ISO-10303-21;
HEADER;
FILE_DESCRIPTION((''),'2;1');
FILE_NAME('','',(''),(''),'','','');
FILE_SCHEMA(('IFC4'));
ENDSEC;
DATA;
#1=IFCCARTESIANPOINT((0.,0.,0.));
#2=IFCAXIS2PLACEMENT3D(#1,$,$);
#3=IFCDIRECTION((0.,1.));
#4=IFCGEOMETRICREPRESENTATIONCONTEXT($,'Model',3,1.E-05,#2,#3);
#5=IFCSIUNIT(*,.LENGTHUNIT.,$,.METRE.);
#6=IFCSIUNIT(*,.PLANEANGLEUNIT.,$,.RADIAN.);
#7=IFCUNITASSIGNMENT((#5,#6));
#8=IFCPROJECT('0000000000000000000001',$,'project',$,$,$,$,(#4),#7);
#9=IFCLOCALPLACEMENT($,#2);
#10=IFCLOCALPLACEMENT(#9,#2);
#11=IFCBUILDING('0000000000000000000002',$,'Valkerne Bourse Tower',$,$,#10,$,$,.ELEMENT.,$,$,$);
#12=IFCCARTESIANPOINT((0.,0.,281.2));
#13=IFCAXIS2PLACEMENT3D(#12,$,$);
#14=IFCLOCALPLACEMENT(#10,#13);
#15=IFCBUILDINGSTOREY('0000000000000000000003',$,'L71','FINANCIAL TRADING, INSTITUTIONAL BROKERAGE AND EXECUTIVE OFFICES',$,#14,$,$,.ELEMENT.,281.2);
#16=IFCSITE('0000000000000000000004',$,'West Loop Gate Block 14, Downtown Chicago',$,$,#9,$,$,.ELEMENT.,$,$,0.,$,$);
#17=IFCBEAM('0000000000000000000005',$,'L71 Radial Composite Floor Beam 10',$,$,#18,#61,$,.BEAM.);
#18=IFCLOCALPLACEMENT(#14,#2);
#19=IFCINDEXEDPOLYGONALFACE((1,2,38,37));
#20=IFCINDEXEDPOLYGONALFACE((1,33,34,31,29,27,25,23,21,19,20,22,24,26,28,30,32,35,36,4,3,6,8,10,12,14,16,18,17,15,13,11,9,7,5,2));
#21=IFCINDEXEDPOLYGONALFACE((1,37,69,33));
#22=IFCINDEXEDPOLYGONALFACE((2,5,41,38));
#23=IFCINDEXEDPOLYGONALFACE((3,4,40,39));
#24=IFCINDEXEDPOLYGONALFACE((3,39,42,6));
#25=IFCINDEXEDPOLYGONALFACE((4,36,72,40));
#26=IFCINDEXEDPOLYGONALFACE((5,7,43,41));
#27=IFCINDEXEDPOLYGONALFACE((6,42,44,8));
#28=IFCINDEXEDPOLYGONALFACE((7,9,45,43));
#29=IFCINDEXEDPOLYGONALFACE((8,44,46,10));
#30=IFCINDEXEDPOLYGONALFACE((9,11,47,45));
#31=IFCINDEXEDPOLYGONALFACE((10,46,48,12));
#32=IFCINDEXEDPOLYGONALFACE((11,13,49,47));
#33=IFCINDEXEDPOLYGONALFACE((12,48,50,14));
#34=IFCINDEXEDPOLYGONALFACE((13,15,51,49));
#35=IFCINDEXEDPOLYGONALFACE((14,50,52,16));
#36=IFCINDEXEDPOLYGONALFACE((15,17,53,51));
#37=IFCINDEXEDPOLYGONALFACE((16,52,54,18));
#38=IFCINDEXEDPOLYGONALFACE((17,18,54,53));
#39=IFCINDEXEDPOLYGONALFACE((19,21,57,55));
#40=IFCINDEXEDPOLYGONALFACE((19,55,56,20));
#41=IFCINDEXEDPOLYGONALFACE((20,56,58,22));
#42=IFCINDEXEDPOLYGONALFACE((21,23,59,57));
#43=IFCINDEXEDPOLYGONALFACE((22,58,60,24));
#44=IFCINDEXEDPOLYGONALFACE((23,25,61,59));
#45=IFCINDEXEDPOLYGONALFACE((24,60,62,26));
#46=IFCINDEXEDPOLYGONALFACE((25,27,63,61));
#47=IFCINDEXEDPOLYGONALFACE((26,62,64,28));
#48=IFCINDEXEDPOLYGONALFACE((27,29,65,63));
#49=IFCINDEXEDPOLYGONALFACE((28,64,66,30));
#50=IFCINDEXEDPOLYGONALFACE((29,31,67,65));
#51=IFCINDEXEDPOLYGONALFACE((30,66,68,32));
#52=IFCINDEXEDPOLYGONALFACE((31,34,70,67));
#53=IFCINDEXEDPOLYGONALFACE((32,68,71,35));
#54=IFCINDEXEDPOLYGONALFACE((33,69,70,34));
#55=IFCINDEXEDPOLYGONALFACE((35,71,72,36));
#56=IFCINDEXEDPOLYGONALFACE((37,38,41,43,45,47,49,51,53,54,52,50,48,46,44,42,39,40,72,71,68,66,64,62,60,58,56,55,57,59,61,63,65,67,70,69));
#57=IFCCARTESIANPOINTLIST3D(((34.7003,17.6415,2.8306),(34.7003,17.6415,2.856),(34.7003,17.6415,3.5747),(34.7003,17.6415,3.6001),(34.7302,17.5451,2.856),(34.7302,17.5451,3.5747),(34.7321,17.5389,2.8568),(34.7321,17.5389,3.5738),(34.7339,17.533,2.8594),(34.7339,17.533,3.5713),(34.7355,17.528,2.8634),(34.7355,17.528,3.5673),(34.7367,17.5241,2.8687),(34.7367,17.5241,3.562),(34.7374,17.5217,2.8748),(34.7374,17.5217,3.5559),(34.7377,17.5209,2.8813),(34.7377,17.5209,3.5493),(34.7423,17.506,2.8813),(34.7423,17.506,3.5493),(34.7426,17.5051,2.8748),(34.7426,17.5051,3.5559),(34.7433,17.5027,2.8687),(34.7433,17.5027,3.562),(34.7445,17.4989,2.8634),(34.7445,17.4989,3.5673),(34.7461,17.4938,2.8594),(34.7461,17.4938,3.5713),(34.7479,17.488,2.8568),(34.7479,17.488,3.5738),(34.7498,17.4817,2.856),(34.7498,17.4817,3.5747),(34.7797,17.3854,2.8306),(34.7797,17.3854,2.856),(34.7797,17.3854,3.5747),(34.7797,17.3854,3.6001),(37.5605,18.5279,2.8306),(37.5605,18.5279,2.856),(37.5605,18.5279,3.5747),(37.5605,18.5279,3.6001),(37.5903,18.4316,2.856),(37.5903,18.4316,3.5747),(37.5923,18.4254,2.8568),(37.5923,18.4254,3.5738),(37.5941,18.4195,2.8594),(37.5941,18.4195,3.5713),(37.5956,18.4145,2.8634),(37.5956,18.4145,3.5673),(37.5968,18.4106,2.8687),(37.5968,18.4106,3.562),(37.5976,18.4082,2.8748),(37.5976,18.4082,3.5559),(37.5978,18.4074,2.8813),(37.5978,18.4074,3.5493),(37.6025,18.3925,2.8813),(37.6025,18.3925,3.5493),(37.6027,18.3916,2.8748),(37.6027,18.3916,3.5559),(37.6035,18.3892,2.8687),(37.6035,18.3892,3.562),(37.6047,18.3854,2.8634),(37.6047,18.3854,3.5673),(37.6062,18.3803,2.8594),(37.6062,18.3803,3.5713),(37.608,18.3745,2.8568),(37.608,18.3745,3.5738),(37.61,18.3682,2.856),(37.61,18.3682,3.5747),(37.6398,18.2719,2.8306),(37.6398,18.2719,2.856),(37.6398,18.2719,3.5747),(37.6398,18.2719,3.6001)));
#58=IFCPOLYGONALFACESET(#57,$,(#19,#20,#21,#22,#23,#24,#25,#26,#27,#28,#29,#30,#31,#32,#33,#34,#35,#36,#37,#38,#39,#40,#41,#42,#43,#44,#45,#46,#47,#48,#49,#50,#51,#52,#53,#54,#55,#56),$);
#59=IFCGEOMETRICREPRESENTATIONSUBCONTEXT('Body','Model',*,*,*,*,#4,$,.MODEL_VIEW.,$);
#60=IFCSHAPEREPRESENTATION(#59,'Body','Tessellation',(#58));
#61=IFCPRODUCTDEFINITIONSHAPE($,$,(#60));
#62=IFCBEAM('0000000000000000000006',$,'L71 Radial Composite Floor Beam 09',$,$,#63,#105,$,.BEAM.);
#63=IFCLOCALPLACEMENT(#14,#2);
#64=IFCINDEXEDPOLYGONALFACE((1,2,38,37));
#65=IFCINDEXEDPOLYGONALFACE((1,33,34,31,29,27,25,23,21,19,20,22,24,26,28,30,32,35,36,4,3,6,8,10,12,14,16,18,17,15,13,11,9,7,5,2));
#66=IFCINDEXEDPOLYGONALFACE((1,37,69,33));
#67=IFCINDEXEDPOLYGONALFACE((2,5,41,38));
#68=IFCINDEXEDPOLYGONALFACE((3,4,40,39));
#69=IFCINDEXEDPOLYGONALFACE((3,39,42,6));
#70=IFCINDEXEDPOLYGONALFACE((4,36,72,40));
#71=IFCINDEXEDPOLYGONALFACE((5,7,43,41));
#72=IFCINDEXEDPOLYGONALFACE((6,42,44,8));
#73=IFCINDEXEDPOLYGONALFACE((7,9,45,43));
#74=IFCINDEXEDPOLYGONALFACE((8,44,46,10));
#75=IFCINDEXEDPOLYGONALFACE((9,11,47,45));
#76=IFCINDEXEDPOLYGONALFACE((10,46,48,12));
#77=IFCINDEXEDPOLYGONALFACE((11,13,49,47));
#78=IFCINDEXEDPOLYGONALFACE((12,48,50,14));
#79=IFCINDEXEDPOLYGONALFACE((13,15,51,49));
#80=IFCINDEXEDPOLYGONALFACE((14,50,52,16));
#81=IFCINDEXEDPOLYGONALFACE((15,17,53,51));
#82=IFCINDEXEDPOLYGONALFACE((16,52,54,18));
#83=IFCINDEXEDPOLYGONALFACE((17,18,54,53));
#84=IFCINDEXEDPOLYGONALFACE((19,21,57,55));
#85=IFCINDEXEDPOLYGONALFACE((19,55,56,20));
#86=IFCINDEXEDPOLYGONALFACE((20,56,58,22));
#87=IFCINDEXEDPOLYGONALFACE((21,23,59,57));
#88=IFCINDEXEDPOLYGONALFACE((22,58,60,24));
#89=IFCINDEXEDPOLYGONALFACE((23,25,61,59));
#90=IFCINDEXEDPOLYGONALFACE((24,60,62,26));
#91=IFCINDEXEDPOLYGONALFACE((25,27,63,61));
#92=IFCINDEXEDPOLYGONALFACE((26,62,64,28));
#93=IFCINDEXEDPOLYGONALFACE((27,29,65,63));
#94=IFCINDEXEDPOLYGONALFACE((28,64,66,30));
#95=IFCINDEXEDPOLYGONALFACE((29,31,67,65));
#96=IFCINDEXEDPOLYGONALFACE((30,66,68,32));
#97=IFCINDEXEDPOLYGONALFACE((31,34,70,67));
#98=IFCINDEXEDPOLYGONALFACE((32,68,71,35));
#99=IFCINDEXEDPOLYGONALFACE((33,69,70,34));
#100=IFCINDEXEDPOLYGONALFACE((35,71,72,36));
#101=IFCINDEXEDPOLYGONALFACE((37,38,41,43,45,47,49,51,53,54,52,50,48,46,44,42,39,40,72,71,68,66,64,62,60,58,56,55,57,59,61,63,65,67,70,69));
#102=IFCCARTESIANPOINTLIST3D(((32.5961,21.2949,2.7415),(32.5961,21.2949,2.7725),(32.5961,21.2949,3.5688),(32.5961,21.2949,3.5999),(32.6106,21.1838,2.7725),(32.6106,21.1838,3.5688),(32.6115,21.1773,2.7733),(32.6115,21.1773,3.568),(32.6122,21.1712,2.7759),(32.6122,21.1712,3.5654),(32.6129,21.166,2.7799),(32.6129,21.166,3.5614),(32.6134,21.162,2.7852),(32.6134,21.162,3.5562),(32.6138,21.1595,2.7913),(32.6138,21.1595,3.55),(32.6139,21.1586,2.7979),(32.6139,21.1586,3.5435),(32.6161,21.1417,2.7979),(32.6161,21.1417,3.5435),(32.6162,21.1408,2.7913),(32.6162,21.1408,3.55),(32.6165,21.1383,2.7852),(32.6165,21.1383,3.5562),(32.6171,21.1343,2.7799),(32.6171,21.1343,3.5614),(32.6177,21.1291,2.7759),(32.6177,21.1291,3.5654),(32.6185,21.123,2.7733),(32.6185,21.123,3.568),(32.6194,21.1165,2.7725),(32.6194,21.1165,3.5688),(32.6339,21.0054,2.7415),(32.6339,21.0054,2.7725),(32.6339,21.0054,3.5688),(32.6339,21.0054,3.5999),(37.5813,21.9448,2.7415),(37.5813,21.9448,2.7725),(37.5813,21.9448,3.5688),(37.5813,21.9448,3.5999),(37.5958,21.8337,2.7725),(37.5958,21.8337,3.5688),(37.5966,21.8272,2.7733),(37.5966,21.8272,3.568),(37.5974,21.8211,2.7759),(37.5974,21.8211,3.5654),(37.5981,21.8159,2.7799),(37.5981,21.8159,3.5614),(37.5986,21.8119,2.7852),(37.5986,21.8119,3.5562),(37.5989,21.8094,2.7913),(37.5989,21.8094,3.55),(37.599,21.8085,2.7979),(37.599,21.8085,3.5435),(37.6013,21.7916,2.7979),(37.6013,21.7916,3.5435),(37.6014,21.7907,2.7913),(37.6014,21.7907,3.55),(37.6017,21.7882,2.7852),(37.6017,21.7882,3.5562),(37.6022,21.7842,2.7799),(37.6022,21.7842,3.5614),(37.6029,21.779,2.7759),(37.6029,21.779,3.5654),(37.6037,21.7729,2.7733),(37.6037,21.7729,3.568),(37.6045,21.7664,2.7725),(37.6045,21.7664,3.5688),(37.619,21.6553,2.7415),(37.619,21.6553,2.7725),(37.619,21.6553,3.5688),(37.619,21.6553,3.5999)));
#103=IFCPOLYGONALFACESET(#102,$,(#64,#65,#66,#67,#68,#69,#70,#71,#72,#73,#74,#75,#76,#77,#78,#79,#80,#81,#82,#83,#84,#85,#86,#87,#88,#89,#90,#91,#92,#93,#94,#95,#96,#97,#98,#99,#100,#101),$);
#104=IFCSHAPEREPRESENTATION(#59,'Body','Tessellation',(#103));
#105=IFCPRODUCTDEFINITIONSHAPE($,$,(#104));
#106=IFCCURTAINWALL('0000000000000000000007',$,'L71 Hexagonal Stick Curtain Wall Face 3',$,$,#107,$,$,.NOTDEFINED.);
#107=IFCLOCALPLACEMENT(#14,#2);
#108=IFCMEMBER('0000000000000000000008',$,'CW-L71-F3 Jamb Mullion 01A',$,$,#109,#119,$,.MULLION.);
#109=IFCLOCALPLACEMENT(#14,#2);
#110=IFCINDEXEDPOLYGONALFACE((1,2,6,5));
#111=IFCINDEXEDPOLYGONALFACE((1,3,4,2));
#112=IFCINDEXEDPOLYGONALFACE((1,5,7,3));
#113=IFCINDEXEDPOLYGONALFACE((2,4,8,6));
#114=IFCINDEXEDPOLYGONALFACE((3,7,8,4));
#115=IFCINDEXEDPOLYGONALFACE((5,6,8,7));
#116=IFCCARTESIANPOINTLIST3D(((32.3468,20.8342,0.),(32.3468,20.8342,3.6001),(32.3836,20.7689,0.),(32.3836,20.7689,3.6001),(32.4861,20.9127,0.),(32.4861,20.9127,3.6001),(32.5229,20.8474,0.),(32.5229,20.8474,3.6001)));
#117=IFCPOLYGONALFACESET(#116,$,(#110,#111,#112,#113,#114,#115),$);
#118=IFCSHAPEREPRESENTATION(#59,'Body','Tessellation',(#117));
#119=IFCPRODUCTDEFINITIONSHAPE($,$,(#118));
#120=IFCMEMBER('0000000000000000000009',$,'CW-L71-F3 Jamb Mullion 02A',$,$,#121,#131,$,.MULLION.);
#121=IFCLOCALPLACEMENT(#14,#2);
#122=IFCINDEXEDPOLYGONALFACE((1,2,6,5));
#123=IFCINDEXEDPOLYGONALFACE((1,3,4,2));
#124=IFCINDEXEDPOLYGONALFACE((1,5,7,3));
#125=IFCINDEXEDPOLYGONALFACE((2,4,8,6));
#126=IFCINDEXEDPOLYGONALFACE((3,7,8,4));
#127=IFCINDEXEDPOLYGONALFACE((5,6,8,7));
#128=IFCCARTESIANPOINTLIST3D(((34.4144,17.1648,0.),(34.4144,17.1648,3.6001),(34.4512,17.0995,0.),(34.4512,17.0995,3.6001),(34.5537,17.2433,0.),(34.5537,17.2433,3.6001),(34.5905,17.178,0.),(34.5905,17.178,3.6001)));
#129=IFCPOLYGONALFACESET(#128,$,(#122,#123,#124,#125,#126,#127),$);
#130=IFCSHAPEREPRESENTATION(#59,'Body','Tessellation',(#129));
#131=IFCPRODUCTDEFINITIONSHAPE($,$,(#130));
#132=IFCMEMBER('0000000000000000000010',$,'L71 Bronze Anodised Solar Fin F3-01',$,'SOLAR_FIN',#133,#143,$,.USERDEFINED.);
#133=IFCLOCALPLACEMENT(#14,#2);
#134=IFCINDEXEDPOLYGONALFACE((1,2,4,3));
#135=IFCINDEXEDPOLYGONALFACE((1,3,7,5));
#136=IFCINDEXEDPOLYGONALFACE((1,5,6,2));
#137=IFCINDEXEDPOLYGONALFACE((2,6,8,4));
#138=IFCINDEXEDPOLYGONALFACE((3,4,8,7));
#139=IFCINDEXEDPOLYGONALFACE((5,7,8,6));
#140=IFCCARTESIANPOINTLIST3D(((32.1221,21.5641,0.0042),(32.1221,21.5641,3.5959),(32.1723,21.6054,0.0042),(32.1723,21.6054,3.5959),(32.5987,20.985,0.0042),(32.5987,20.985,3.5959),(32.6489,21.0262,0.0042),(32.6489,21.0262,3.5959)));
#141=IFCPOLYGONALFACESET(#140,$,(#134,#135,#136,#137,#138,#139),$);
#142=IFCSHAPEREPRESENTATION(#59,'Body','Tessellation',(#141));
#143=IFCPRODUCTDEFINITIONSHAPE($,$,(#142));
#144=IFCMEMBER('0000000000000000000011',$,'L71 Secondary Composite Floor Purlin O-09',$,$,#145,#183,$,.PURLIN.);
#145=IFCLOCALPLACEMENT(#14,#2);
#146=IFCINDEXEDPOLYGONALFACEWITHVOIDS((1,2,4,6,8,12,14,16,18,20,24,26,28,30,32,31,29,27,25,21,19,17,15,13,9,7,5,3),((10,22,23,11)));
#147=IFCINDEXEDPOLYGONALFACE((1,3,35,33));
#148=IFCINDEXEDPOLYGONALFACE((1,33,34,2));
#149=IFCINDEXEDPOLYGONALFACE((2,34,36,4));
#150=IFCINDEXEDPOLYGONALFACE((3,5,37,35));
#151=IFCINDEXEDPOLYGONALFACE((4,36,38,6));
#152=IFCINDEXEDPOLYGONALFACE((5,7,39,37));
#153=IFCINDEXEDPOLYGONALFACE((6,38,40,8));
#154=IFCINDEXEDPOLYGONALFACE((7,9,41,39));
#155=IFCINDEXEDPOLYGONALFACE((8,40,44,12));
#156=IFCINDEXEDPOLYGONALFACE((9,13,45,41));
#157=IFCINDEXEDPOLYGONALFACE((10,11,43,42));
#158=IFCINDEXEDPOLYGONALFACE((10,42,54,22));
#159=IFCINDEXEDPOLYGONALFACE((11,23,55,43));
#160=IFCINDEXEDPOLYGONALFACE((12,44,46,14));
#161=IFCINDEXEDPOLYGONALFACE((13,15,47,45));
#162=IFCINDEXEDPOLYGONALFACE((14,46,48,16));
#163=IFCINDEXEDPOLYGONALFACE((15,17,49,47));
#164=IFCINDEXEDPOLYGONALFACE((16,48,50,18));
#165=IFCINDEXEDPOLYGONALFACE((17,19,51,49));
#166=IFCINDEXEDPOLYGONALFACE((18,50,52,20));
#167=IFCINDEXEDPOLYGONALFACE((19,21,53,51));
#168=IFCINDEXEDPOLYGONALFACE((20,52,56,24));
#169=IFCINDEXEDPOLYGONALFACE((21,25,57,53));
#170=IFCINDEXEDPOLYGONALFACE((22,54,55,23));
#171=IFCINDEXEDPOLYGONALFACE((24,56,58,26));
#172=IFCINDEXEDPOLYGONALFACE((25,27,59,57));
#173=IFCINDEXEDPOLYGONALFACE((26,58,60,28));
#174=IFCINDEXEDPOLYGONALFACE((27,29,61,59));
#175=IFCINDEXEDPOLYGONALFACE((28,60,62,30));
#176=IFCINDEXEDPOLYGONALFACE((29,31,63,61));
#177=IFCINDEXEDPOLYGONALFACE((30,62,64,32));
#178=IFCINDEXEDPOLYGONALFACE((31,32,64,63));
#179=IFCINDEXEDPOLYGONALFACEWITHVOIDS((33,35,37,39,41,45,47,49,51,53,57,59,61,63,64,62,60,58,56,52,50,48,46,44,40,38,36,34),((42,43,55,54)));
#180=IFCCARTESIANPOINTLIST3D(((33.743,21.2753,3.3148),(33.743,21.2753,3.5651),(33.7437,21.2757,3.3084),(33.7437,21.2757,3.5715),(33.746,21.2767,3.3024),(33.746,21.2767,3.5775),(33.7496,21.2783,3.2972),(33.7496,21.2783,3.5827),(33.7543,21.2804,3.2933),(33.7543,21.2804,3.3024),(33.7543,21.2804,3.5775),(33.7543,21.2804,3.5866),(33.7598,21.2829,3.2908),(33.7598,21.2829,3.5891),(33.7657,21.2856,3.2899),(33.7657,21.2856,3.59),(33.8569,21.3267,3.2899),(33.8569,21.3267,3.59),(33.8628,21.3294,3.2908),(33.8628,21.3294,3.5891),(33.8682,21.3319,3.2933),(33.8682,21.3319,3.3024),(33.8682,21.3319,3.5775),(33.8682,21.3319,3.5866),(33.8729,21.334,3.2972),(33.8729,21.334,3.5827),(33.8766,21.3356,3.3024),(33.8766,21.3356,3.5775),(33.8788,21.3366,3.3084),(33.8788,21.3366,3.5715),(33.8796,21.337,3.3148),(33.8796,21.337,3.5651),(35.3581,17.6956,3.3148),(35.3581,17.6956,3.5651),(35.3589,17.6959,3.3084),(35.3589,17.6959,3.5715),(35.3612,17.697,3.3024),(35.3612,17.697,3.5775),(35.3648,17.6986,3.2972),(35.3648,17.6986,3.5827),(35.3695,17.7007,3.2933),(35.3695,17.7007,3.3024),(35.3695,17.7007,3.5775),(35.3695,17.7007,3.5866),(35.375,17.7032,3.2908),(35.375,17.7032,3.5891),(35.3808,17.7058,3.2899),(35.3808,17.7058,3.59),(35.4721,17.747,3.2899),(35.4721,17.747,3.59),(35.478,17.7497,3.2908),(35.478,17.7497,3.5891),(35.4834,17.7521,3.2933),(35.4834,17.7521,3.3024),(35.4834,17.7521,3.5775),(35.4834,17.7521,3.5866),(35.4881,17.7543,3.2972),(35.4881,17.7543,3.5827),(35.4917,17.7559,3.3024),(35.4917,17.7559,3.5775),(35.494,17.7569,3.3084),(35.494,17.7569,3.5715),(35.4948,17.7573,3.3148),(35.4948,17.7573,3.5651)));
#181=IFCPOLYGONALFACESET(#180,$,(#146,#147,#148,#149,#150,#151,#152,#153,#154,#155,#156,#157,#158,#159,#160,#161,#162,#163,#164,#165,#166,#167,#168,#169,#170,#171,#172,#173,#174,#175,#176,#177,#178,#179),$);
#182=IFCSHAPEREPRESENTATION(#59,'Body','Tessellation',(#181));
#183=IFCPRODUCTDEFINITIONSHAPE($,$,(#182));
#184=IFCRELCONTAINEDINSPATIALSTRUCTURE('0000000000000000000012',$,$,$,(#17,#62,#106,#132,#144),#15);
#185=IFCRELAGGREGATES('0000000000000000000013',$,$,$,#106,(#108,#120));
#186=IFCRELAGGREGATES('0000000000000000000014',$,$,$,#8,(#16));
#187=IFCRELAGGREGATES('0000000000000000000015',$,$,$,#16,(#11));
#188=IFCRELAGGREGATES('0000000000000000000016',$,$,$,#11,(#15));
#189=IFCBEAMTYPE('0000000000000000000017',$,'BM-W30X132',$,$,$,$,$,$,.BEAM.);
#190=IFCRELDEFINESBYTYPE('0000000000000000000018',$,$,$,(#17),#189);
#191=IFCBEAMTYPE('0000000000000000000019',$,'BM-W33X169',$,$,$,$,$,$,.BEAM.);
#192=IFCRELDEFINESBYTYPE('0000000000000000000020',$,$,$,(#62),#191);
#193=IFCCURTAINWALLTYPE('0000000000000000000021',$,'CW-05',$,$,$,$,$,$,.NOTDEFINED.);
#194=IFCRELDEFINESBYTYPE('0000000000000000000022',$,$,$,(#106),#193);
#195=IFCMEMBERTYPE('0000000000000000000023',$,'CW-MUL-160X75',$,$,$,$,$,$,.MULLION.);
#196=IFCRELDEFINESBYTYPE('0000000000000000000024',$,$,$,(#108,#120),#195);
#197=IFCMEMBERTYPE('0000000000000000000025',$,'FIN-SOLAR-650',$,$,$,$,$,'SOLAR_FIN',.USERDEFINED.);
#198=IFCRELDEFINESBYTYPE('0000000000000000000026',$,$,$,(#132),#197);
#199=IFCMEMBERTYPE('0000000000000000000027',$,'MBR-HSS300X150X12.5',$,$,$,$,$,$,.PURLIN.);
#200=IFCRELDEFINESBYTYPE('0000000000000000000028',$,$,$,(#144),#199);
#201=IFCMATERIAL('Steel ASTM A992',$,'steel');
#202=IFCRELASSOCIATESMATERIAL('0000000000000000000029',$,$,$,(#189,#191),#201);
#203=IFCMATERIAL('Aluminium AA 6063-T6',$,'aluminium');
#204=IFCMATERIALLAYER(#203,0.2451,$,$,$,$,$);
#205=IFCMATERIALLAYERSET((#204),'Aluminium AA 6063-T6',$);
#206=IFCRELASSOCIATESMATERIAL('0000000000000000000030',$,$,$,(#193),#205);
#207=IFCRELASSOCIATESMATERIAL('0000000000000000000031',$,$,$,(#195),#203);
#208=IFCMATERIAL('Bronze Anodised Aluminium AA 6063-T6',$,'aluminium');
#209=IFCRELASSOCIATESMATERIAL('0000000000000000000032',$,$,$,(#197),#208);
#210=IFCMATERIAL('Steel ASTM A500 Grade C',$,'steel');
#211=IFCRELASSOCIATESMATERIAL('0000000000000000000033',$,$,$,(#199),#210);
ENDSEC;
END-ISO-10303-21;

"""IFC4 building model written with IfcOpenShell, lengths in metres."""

from ifc_helpers import new_model, si_unit, direction, frame, origin, origin_2d, place, context, subcontext, project, spatial, rectangle, hollow_rectangle, i_section, extrude, material, layer, layer_set, material_profile, profile_set, type_object, element, aggregate, save


model = new_model("IFC4")

# Units and contexts
model_context = context("Model", 3, precision=1e-05, world=origin(), true_north=direction((0.0, 1.0)))
body_context = subcontext(model_context, "Body", "Model", "MODEL_VIEW")
ifc_project = project(units=[si_unit("LENGTHUNIT", "METRE"), si_unit("PLANEANGLEUNIT", "RADIAN")], contexts=[model_context])

# Site, building, storey
site_placement = place(None, origin())
site = spatial("IfcSite", under=ifc_project, at=site_placement, Name="West Loop Gate Block 14, Downtown Chicago", CompositionType="ELEMENT", RefElevation=0.0)
building_placement = place(site_placement, origin())
building = spatial("IfcBuilding", under=site, at=building_placement, Name="Valkerne Bourse Tower", CompositionType="ELEMENT")
storey_placement = place(building_placement, frame((0.0, 0.0, 281.2)))
storey = spatial("IfcBuildingStorey", under=building, at=storey_placement, Name="L71", Description="FINANCIAL TRADING, INSTITUTIONAL BROKERAGE AND EXECUTIVE OFFICES", CompositionType="ELEMENT", Elevation=281.2)

# Beams
ifc_material_1 = material(Name="Steel ASTM A992", Category="steel")
ifc_material_profile_1 = material_profile(ifc_material_1, i_section(OverallWidth=0.2681, OverallDepth=0.7695, WebThickness=0.0156, FlangeThickness=0.0254, FilletRadius=0.0254, at=origin_2d()), Name="W30X132")
ifc_profile_set_1 = profile_set([ifc_material_profile_1], Name="Steel ASTM A992")
beam_type_1 = type_object("IfcBeamType", Name="BM-W30X132", PredefinedType="BEAM", material=ifc_profile_set_1)
beam_1_placement = place(storey_placement, frame((34.74, 17.5134, 3.2153), z_axis=(0.955172, 0.29605, 0.0), x_axis=(-0.29605, 0.955172, 0.0)))
element("IfcBeam", 1, at=beam_1_placement, inside=storey, type_object=beam_type_1, Name="L71 Radial Composite Floor Beam 10", PredefinedType="BEAM", context=body_context, shape_type="SweptSolid", body=[
    extrude(i_section(OverallWidth=0.2681, OverallDepth=0.7695, WebThickness=0.0156, FlangeThickness=0.0254, FilletRadius=0.0254, at=origin_2d()), origin(), (0.0, 0.0, 1.0), 2.9944),
])
ifc_material_profile_2 = material_profile(ifc_material_1, i_section(OverallWidth=0.292, OverallDepth=0.8584, WebThickness=0.0171, FlangeThickness=0.031, FilletRadius=0.0254, at=origin_2d()), Name="W33X169")
ifc_profile_set_2 = profile_set([ifc_material_profile_2], Name="Steel ASTM A992")
beam_type_2 = type_object("IfcBeamType", Name="BM-W33X169", PredefinedType="BEAM", material=ifc_profile_set_2)
beam_2_placement = place(storey_placement, frame((32.615, 21.1501, 3.1707), z_axis=(0.991609, 0.129275, 0.0), x_axis=(-0.129275, 0.991609, 0.0)))
element("IfcBeam", 2, at=beam_2_placement, inside=storey, type_object=beam_type_2, Name="L71 Radial Composite Floor Beam 09", PredefinedType="BEAM", context=body_context, shape_type="SweptSolid", body=[
    extrude(i_section(OverallWidth=0.292, OverallDepth=0.8584, WebThickness=0.0171, FlangeThickness=0.031, FilletRadius=0.0254, at=origin_2d()), origin(), (0.0, 0.0, 1.0), 5.0273),
])

# Curtain wall, members
ifc_material_2 = material(Name="Aluminium AA 6063-T6", Category="aluminium")
ifc_layer_1 = layer(ifc_material_2, 0.2451)
ifc_layer_set_1 = layer_set([ifc_layer_1], Name="Aluminium AA 6063-T6")
curtain_wall_type = type_object("IfcCurtainWallType", Name="CW-05", PredefinedType="NOTDEFINED", material=ifc_layer_set_1)
curtain_wall_placement = place(storey_placement, origin())
curtain_wall = element("IfcCurtainWall", 3, at=curtain_wall_placement, inside=storey, type_object=curtain_wall_type, Name="L71 Hexagonal Stick Curtain Wall Face 3", PredefinedType="NOTDEFINED")
ifc_material_profile_3 = material_profile(ifc_material_2, rectangle(XDim=0.075, YDim=0.1599, at=origin_2d()), Name="CWM-75X160")
ifc_profile_set_3 = profile_set([ifc_material_profile_3], Name="Aluminium AA 6063-T6")
member_type_1 = type_object("IfcMemberType", Name="CW-MUL-160X75", PredefinedType="MULLION", material=ifc_profile_set_3)
member_1_placement = place(storey_placement, frame((32.4348, 20.8408, 0.0), z_axis=(0.0, 0.0, 1.0), x_axis=(0.490901, -0.871215, 0.0)))
member_1 = element("IfcMember", 4, at=member_1_placement, type_object=member_type_1, Name="CW-L71-F3 Jamb Mullion 01A", PredefinedType="MULLION", context=body_context, shape_type="SweptSolid", body=[
    extrude(rectangle(XDim=0.075, YDim=0.1599, at=origin_2d()), origin(), (0.0, 0.0, 1.0), 3.6001),
])
member_2_placement = place(storey_placement, frame((34.5024, 17.1714, 0.0), z_axis=(0.0, 0.0, 1.0), x_axis=(0.490901, -0.871215, 0.0)))
member_2 = element("IfcMember", 5, at=member_2_placement, type_object=member_type_1, Name="CW-L71-F3 Jamb Mullion 02A", PredefinedType="MULLION", context=body_context, shape_type="SweptSolid", body=[
    extrude(rectangle(XDim=0.075, YDim=0.1599, at=origin_2d()), origin(), (0.0, 0.0, 1.0), 3.6001),
])

# Members
ifc_material_3 = material(Name="Bronze Anodised Aluminium AA 6063-T6", Category="aluminium")
ifc_material_profile_4 = material_profile(ifc_material_3, rectangle(XDim=0.0649, YDim=0.75, at=origin_2d()), Name="FIN-65X750")
ifc_profile_set_4 = profile_set([ifc_material_profile_4], Name="Bronze Anodised Aluminium AA 6063-T6")
member_type_2 = type_object("IfcMemberType", Name="FIN-SOLAR-650", ElementType="SOLAR_FIN", PredefinedType="USERDEFINED", material=ifc_profile_set_4)
member_3_placement = place(storey_placement, frame((32.3855, 21.2952, 0.0042), z_axis=(0.0, 0.0, 1.0), x_axis=(-0.77214, -0.635453, 0.0)))
element("IfcMember", 6, at=member_3_placement, inside=storey, type_object=member_type_2, Name="L71 Bronze Anodised Solar Fin F3-01", ObjectType="SOLAR_FIN", PredefinedType="USERDEFINED", context=body_context, shape_type="SweptSolid", body=[
    extrude(rectangle(XDim=0.0649, YDim=0.75, at=origin_2d()), origin(), (0.0, 0.0, 1.0), 3.5918),
])
ifc_material_4 = material(Name="Steel ASTM A500 Grade C", Category="steel")
ifc_material_profile_5 = material_profile(ifc_material_4, hollow_rectangle(XDim=0.1499, YDim=0.3, WallThickness=0.0125, OuterFilletRadius=0.0249, at=origin_2d()), Name="HSS300X150X12.5")
ifc_profile_set_5 = profile_set([ifc_material_profile_5], Name="Steel ASTM A500 Grade C")
member_type_3 = type_object("IfcMemberType", Name="MBR-HSS300X150X12.5", PredefinedType="PURLIN", material=ifc_profile_set_5)
member_4_placement = place(storey_placement, frame((33.8113, 21.3062, 3.4399), z_axis=(0.411277, -0.91151, 0.0), x_axis=(0.91151, 0.411277, 0.0)))
element("IfcMember", 7, at=member_4_placement, inside=storey, type_object=member_type_3, Name="L71 Secondary Composite Floor Purlin O-09", PredefinedType="PURLIN", context=body_context, shape_type="SweptSolid", body=[
    extrude(hollow_rectangle(XDim=0.1499, YDim=0.3, WallThickness=0.0125, OuterFilletRadius=0.0249, at=origin_2d()), origin(), (0.0, 0.0, 1.0), 3.9272),
])

aggregate(curtain_wall, [member_1, member_2])

save(model, "model.ifc")
